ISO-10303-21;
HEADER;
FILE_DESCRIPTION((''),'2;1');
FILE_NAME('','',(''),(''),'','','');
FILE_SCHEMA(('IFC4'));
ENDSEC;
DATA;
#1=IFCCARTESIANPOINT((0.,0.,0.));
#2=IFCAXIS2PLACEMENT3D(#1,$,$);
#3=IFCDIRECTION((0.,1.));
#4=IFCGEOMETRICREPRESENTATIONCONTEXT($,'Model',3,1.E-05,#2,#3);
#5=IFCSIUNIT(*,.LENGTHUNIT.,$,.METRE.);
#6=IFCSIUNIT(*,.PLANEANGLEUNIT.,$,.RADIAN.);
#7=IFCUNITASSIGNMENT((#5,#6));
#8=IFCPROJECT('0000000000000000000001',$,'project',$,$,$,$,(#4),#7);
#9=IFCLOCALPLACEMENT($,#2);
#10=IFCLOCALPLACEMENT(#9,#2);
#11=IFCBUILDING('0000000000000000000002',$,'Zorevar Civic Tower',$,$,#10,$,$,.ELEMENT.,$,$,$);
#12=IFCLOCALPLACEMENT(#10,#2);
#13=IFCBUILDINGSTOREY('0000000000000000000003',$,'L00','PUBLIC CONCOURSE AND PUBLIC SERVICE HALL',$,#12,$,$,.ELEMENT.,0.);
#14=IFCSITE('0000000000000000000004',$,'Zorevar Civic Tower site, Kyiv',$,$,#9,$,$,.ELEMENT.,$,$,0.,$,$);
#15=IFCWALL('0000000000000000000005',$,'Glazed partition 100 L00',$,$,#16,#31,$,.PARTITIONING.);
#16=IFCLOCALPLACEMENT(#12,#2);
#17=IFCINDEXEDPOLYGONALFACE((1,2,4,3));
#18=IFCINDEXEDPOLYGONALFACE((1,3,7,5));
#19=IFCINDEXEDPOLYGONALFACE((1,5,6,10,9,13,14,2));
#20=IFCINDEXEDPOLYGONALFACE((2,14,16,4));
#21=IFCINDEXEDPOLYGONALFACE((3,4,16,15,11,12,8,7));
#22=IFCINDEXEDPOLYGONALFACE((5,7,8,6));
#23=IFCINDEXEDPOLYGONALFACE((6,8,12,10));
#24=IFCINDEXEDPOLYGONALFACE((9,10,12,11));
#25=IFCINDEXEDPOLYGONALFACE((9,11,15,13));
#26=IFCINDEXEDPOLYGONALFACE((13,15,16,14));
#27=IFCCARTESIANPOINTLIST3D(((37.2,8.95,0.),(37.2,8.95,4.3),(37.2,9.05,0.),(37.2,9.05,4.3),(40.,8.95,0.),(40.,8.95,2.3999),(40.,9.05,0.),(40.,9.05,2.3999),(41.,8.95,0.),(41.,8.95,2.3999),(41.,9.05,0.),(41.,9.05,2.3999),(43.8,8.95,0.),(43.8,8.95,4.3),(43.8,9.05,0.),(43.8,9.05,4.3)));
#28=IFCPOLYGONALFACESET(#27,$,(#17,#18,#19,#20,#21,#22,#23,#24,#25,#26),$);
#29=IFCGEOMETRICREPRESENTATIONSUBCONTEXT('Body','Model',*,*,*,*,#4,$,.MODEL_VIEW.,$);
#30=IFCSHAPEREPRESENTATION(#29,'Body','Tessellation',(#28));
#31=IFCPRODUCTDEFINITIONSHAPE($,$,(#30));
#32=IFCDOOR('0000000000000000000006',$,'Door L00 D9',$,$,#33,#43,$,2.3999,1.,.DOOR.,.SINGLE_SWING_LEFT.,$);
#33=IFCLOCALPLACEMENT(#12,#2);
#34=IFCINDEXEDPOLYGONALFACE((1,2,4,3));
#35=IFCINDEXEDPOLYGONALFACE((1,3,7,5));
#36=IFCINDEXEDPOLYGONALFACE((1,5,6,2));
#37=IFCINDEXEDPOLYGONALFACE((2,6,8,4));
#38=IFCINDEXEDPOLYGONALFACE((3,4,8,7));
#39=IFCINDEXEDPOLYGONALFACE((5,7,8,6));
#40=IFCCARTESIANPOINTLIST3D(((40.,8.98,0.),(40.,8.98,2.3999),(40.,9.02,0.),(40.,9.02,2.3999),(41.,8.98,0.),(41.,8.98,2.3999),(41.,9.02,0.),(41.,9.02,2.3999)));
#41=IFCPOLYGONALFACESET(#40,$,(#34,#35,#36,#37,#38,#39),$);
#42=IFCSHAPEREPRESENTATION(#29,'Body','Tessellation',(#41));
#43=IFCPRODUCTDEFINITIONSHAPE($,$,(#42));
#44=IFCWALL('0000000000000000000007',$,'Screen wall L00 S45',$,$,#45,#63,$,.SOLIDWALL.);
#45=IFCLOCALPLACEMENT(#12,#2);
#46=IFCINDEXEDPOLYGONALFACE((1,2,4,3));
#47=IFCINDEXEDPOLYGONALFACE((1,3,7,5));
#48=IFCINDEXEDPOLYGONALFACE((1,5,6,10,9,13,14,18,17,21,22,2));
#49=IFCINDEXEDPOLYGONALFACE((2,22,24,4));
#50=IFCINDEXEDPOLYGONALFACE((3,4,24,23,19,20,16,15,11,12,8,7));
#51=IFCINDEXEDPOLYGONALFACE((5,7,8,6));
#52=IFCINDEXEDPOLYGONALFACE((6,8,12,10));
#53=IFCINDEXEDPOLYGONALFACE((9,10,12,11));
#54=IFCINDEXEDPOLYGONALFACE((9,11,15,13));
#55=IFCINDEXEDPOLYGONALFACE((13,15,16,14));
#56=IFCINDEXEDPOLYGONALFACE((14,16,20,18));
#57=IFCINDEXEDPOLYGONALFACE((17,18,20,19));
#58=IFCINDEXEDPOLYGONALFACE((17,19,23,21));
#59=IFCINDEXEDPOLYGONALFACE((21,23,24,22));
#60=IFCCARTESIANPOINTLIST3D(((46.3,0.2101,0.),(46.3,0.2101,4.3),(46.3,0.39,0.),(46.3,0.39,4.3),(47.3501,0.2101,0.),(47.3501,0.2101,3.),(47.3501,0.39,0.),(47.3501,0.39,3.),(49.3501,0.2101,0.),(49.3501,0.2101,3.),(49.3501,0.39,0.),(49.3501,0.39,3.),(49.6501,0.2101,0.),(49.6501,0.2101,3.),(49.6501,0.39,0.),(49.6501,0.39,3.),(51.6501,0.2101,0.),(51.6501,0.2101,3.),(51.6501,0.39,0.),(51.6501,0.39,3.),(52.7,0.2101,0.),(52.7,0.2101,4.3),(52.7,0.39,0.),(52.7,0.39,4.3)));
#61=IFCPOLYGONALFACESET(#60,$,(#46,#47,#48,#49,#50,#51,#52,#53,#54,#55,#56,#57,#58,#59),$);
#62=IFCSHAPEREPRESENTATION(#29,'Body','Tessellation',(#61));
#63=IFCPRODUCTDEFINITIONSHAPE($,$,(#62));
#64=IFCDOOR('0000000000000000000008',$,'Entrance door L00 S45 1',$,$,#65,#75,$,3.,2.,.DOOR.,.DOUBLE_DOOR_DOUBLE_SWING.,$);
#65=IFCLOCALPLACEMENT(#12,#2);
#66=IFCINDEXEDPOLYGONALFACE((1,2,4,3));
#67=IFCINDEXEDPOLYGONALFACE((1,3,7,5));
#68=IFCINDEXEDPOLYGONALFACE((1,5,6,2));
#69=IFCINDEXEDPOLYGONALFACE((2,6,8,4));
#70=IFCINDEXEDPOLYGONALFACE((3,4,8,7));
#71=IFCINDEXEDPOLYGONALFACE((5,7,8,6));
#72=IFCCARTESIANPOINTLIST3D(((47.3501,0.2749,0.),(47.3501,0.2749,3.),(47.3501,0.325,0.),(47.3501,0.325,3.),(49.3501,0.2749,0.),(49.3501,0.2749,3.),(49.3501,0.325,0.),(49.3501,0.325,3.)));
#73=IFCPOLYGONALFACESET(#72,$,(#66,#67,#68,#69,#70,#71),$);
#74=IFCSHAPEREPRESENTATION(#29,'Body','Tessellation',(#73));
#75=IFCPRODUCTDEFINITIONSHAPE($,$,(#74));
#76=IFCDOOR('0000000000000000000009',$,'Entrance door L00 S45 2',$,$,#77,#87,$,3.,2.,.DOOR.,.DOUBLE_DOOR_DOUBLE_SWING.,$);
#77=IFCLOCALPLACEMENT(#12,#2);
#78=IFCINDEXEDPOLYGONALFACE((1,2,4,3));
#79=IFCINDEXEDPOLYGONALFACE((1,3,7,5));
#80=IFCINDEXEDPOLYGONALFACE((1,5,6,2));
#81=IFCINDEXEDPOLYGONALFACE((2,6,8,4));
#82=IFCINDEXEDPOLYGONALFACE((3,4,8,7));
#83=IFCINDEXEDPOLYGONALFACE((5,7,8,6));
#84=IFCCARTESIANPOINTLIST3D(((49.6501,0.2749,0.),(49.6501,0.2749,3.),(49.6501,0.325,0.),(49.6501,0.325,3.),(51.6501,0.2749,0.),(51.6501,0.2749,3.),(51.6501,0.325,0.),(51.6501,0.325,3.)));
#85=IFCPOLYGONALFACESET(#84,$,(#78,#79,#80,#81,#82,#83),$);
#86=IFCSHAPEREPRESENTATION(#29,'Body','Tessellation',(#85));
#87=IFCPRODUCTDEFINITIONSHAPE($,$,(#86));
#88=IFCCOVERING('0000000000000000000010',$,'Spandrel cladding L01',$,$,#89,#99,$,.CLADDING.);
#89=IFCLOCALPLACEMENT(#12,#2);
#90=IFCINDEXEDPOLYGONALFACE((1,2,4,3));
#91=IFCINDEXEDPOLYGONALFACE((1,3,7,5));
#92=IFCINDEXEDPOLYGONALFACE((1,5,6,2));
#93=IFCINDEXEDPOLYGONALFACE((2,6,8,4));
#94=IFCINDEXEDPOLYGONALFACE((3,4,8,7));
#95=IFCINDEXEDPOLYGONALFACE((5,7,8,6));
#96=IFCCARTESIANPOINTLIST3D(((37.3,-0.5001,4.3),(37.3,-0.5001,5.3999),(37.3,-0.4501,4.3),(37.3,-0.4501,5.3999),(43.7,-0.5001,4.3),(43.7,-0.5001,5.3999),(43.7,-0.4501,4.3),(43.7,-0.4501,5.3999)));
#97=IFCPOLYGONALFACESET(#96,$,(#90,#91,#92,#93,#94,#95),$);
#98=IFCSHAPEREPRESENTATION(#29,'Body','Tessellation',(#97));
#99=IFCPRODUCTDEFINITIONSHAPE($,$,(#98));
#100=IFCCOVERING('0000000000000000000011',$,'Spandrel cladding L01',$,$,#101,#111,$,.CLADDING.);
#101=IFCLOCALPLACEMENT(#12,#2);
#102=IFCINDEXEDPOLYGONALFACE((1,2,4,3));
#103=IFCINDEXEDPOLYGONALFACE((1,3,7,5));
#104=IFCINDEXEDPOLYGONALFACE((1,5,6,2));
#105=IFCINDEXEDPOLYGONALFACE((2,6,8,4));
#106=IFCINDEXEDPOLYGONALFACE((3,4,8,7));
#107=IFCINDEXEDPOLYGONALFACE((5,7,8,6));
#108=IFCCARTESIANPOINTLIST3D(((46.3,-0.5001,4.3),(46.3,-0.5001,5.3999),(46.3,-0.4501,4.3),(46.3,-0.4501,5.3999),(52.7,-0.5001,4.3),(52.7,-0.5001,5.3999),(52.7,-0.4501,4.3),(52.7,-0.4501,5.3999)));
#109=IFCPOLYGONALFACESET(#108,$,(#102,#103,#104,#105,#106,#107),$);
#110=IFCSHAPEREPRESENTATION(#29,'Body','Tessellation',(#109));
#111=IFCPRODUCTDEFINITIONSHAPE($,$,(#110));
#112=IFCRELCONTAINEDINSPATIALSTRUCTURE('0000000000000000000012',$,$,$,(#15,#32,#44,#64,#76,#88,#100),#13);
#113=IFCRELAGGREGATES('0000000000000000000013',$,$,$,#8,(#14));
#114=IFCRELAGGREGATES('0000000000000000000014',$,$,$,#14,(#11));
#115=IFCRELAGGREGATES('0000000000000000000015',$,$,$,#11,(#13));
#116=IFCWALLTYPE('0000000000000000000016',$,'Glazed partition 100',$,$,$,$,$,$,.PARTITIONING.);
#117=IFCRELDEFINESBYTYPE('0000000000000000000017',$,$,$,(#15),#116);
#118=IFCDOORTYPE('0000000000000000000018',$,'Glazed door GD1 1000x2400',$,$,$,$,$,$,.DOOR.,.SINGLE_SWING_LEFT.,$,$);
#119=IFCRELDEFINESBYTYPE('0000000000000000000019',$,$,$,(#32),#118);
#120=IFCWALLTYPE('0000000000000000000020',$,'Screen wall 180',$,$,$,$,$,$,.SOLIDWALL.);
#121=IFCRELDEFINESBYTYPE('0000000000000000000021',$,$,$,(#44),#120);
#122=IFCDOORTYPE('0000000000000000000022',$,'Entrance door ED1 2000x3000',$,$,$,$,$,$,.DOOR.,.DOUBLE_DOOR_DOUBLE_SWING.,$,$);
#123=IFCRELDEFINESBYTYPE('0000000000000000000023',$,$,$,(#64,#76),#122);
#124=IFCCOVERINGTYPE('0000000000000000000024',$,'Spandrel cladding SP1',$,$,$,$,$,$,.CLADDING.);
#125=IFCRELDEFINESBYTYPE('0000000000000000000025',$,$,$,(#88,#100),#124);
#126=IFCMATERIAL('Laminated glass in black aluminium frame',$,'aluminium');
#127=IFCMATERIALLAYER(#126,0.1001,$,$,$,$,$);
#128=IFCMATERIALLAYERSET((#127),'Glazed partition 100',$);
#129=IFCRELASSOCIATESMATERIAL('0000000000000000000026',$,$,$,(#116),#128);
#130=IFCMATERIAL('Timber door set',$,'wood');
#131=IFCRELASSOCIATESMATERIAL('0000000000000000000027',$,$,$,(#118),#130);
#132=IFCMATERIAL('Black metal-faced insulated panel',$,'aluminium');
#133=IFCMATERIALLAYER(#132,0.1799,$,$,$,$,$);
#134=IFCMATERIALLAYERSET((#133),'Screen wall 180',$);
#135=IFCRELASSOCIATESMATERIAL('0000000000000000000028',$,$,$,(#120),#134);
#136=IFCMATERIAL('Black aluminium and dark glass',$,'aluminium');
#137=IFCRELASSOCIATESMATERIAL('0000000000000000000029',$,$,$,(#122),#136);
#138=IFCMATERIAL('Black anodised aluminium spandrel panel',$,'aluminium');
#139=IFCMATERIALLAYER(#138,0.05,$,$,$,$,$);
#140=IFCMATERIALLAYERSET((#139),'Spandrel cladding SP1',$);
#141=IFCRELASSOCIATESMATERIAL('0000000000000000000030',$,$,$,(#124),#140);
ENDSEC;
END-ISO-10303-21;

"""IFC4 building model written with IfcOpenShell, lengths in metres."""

from ifc_helpers import new_model, si_unit, direction, frame, frame_2d, origin, place, context, subcontext, project, spatial, rectangle, extrude, material, layer, layer_set, type_object, element, fill, save


model = new_model("IFC4")

# Units and contexts
model_context = context("Model", 3, precision=1e-05, world=origin(), true_north=direction((0.0, 1.0)))
body_context = subcontext(model_context, "Body", "Model", "MODEL_VIEW")
ifc_project = project(units=[si_unit("LENGTHUNIT", "METRE"), si_unit("PLANEANGLEUNIT", "RADIAN")], contexts=[model_context])

# Site, building, storey
site_placement = place(None, origin())
site = spatial("IfcSite", under=ifc_project, at=site_placement, Name="Zorevar Civic Tower site, Kyiv", CompositionType="ELEMENT", RefElevation=0.0)
building_placement = place(site_placement, origin())
building = spatial("IfcBuilding", under=site, at=building_placement, Name="Zorevar Civic Tower", CompositionType="ELEMENT")
storey_placement = place(building_placement, origin())
storey = spatial("IfcBuildingStorey", under=building, at=storey_placement, Name="L00", Description="PUBLIC CONCOURSE AND PUBLIC SERVICE HALL", CompositionType="ELEMENT", Elevation=0.0)

# Wall, opening, door
ifc_material_1 = material(Name="Laminated glass in black aluminium frame", Category="aluminium")
ifc_layer_1 = layer(ifc_material_1, 0.1001)
ifc_layer_set_1 = layer_set([ifc_layer_1], Name="Glazed partition 100")
wall_type_1 = type_object("IfcWallType", Name="Glazed partition 100", PredefinedType="PARTITIONING", material=ifc_layer_set_1)
wall_1_placement = place(storey_placement, frame((37.2, 9.0, 0.0), z_axis=(0.0, 0.0, 1.0), x_axis=(1.0, 0.0, 0.0)))
wall_1 = element("IfcWall", 1, at=wall_1_placement, inside=storey, type_object=wall_type_1, Name="Glazed partition 100 L00", PredefinedType="PARTITIONING", context=body_context, shape_type="SweptSolid", body=[
    extrude(rectangle(XDim=6.6001, YDim=0.1001, at=frame_2d((3.3, 0.0))), origin(), (0.0, 0.0, 1.0), 4.3),
])
opening_1_placement = place(wall_1_placement, frame((2.8, 0.0, 0.0)))
opening_1 = element("IfcOpeningElement", 2, at=opening_1_placement, cuts=wall_1, PredefinedType="OPENING", context=body_context, shape_type="SweptSolid", body=[
    extrude(rectangle(XDim=1.0, YDim=2.3999, at=frame_2d((0.5, 1.2))), frame((0.0, 0.0601, 0.0), z_axis=(0.0, -1.0, 0.0), x_axis=(1.0, 0.0, 0.0)), (0.0, 0.0, 1.0), 0.1201),
])
ifc_material_2 = material(Name="Timber door set", Category="wood")
door_type_1 = type_object("IfcDoorType", Name="Glazed door GD1 1000x2400", OperationType="SINGLE_SWING_LEFT", PredefinedType="DOOR", material=ifc_material_2)
door_1_placement = place(opening_1_placement, origin())
door_1 = element("IfcDoor", 3, at=door_1_placement, inside=storey, type_object=door_type_1, Name="Door L00 D9", OperationType="SINGLE_SWING_LEFT", OverallHeight=2.3999, OverallWidth=1.0, PredefinedType="DOOR", context=body_context, shape_type="SweptSolid", body=[
    extrude(rectangle(XDim=1.0, YDim=2.3999, at=frame_2d((0.5, 1.2))), frame((0.0, 0.02, 0.0), z_axis=(0.0, -1.0, 0.0), x_axis=(1.0, 0.0, 0.0)), (0.0, 0.0, 1.0), 0.04),
])
fill(opening_1, door_1)

# Wall, openings, doors
ifc_material_3 = material(Name="Black metal-faced insulated panel", Category="aluminium")
ifc_layer_2 = layer(ifc_material_3, 0.1799)
ifc_layer_set_2 = layer_set([ifc_layer_2], Name="Screen wall 180")
wall_type_2 = type_object("IfcWallType", Name="Screen wall 180", PredefinedType="SOLIDWALL", material=ifc_layer_set_2)
wall_2_placement = place(storey_placement, frame((46.3, 0.3, 0.0), z_axis=(0.0, 0.0, 1.0), x_axis=(1.0, 0.0, 0.0)))
wall_2 = element("IfcWall", 4, at=wall_2_placement, inside=storey, type_object=wall_type_2, Name="Screen wall L00 S45", PredefinedType="SOLIDWALL", context=body_context, shape_type="SweptSolid", body=[
    extrude(rectangle(XDim=6.3999, YDim=0.1799, at=frame_2d((3.2, 0.0))), origin(), (0.0, 0.0, 1.0), 4.3),
])
opening_2_placement = place(wall_2_placement, frame((1.05, 0.0, 0.0)))
opening_2 = element("IfcOpeningElement", 5, at=opening_2_placement, cuts=wall_2, PredefinedType="OPENING", context=body_context, shape_type="SweptSolid", body=[
    extrude(rectangle(XDim=2.0, YDim=3.0, at=frame_2d((1.0, 1.5))), frame((0.0, 0.0999, 0.0), z_axis=(0.0, -1.0, 0.0), x_axis=(1.0, 0.0, 0.0)), (0.0, 0.0, 1.0), 0.2),
])
opening_3_placement = place(wall_2_placement, frame((3.3501, 0.0, 0.0)))
opening_3 = element("IfcOpeningElement", 6, at=opening_3_placement, cuts=wall_2, PredefinedType="OPENING", context=body_context, shape_type="SweptSolid", body=[
    extrude(rectangle(XDim=2.0, YDim=3.0, at=frame_2d((1.0, 1.5))), frame((0.0, 0.0999, 0.0), z_axis=(0.0, -1.0, 0.0), x_axis=(1.0, 0.0, 0.0)), (0.0, 0.0, 1.0), 0.2),
])
ifc_material_4 = material(Name="Black aluminium and dark glass", Category="aluminium")
door_type_2 = type_object("IfcDoorType", Name="Entrance door ED1 2000x3000", OperationType="DOUBLE_DOOR_DOUBLE_SWING", PredefinedType="DOOR", material=ifc_material_4)
door_2_placement = place(opening_2_placement, origin())
door_2 = element("IfcDoor", 7, at=door_2_placement, inside=storey, type_object=door_type_2, Name="Entrance door L00 S45 1", OperationType="DOUBLE_DOOR_DOUBLE_SWING", OverallHeight=3.0, OverallWidth=2.0, PredefinedType="DOOR", context=body_context, shape_type="SweptSolid", body=[
    extrude(rectangle(XDim=2.0, YDim=3.0, at=frame_2d((1.0, 1.5))), frame((0.0, 0.0249, 0.0), z_axis=(0.0, -1.0, 0.0), x_axis=(1.0, 0.0, 0.0)), (0.0, 0.0, 1.0), 0.05),
])
fill(opening_2, door_2)
door_3_placement = place(opening_3_placement, origin())
door_3 = element("IfcDoor", 8, at=door_3_placement, inside=storey, type_object=door_type_2, Name="Entrance door L00 S45 2", OperationType="DOUBLE_DOOR_DOUBLE_SWING", OverallHeight=3.0, OverallWidth=2.0, PredefinedType="DOOR", context=body_context, shape_type="SweptSolid", body=[
    extrude(rectangle(XDim=2.0, YDim=3.0, at=frame_2d((1.0, 1.5))), frame((0.0, 0.0249, 0.0), z_axis=(0.0, -1.0, 0.0), x_axis=(1.0, 0.0, 0.0)), (0.0, 0.0, 1.0), 0.05),
])
fill(opening_3, door_3)

# Coverings
ifc_material_5 = material(Name="Black anodised aluminium spandrel panel", Category="aluminium")
ifc_layer_3 = layer(ifc_material_5, 0.05)
ifc_layer_set_3 = layer_set([ifc_layer_3], Name="Spandrel cladding SP1")
covering_type = type_object("IfcCoveringType", Name="Spandrel cladding SP1", PredefinedType="CLADDING", material=ifc_layer_set_3)
for number, where, z_axis, x_axis, name in (
    (9, (37.3, -0.4751, 4.3), (0.0, 0.0, 1.0), (1.0, 0.0, 0.0), "Spandrel cladding L01"),
    (10, (46.3, -0.4751, 4.3), (0.0, 0.0, 1.0), (1.0, 0.0, 0.0), "Spandrel cladding L01"),
):
    element("IfcCovering", number, at=place(storey_placement, frame(where, z_axis=z_axis, x_axis=x_axis)), inside=storey, type_object=covering_type, Name=name, PredefinedType="CLADDING", context=body_context, shape_type="SweptSolid", body=[
        extrude(rectangle(XDim=6.3999, YDim=0.05, at=frame_2d((3.2, 0.0))), origin(), (0.0, 0.0, 1.0), 1.0999),
    ])

save(model, "model.ifc")
